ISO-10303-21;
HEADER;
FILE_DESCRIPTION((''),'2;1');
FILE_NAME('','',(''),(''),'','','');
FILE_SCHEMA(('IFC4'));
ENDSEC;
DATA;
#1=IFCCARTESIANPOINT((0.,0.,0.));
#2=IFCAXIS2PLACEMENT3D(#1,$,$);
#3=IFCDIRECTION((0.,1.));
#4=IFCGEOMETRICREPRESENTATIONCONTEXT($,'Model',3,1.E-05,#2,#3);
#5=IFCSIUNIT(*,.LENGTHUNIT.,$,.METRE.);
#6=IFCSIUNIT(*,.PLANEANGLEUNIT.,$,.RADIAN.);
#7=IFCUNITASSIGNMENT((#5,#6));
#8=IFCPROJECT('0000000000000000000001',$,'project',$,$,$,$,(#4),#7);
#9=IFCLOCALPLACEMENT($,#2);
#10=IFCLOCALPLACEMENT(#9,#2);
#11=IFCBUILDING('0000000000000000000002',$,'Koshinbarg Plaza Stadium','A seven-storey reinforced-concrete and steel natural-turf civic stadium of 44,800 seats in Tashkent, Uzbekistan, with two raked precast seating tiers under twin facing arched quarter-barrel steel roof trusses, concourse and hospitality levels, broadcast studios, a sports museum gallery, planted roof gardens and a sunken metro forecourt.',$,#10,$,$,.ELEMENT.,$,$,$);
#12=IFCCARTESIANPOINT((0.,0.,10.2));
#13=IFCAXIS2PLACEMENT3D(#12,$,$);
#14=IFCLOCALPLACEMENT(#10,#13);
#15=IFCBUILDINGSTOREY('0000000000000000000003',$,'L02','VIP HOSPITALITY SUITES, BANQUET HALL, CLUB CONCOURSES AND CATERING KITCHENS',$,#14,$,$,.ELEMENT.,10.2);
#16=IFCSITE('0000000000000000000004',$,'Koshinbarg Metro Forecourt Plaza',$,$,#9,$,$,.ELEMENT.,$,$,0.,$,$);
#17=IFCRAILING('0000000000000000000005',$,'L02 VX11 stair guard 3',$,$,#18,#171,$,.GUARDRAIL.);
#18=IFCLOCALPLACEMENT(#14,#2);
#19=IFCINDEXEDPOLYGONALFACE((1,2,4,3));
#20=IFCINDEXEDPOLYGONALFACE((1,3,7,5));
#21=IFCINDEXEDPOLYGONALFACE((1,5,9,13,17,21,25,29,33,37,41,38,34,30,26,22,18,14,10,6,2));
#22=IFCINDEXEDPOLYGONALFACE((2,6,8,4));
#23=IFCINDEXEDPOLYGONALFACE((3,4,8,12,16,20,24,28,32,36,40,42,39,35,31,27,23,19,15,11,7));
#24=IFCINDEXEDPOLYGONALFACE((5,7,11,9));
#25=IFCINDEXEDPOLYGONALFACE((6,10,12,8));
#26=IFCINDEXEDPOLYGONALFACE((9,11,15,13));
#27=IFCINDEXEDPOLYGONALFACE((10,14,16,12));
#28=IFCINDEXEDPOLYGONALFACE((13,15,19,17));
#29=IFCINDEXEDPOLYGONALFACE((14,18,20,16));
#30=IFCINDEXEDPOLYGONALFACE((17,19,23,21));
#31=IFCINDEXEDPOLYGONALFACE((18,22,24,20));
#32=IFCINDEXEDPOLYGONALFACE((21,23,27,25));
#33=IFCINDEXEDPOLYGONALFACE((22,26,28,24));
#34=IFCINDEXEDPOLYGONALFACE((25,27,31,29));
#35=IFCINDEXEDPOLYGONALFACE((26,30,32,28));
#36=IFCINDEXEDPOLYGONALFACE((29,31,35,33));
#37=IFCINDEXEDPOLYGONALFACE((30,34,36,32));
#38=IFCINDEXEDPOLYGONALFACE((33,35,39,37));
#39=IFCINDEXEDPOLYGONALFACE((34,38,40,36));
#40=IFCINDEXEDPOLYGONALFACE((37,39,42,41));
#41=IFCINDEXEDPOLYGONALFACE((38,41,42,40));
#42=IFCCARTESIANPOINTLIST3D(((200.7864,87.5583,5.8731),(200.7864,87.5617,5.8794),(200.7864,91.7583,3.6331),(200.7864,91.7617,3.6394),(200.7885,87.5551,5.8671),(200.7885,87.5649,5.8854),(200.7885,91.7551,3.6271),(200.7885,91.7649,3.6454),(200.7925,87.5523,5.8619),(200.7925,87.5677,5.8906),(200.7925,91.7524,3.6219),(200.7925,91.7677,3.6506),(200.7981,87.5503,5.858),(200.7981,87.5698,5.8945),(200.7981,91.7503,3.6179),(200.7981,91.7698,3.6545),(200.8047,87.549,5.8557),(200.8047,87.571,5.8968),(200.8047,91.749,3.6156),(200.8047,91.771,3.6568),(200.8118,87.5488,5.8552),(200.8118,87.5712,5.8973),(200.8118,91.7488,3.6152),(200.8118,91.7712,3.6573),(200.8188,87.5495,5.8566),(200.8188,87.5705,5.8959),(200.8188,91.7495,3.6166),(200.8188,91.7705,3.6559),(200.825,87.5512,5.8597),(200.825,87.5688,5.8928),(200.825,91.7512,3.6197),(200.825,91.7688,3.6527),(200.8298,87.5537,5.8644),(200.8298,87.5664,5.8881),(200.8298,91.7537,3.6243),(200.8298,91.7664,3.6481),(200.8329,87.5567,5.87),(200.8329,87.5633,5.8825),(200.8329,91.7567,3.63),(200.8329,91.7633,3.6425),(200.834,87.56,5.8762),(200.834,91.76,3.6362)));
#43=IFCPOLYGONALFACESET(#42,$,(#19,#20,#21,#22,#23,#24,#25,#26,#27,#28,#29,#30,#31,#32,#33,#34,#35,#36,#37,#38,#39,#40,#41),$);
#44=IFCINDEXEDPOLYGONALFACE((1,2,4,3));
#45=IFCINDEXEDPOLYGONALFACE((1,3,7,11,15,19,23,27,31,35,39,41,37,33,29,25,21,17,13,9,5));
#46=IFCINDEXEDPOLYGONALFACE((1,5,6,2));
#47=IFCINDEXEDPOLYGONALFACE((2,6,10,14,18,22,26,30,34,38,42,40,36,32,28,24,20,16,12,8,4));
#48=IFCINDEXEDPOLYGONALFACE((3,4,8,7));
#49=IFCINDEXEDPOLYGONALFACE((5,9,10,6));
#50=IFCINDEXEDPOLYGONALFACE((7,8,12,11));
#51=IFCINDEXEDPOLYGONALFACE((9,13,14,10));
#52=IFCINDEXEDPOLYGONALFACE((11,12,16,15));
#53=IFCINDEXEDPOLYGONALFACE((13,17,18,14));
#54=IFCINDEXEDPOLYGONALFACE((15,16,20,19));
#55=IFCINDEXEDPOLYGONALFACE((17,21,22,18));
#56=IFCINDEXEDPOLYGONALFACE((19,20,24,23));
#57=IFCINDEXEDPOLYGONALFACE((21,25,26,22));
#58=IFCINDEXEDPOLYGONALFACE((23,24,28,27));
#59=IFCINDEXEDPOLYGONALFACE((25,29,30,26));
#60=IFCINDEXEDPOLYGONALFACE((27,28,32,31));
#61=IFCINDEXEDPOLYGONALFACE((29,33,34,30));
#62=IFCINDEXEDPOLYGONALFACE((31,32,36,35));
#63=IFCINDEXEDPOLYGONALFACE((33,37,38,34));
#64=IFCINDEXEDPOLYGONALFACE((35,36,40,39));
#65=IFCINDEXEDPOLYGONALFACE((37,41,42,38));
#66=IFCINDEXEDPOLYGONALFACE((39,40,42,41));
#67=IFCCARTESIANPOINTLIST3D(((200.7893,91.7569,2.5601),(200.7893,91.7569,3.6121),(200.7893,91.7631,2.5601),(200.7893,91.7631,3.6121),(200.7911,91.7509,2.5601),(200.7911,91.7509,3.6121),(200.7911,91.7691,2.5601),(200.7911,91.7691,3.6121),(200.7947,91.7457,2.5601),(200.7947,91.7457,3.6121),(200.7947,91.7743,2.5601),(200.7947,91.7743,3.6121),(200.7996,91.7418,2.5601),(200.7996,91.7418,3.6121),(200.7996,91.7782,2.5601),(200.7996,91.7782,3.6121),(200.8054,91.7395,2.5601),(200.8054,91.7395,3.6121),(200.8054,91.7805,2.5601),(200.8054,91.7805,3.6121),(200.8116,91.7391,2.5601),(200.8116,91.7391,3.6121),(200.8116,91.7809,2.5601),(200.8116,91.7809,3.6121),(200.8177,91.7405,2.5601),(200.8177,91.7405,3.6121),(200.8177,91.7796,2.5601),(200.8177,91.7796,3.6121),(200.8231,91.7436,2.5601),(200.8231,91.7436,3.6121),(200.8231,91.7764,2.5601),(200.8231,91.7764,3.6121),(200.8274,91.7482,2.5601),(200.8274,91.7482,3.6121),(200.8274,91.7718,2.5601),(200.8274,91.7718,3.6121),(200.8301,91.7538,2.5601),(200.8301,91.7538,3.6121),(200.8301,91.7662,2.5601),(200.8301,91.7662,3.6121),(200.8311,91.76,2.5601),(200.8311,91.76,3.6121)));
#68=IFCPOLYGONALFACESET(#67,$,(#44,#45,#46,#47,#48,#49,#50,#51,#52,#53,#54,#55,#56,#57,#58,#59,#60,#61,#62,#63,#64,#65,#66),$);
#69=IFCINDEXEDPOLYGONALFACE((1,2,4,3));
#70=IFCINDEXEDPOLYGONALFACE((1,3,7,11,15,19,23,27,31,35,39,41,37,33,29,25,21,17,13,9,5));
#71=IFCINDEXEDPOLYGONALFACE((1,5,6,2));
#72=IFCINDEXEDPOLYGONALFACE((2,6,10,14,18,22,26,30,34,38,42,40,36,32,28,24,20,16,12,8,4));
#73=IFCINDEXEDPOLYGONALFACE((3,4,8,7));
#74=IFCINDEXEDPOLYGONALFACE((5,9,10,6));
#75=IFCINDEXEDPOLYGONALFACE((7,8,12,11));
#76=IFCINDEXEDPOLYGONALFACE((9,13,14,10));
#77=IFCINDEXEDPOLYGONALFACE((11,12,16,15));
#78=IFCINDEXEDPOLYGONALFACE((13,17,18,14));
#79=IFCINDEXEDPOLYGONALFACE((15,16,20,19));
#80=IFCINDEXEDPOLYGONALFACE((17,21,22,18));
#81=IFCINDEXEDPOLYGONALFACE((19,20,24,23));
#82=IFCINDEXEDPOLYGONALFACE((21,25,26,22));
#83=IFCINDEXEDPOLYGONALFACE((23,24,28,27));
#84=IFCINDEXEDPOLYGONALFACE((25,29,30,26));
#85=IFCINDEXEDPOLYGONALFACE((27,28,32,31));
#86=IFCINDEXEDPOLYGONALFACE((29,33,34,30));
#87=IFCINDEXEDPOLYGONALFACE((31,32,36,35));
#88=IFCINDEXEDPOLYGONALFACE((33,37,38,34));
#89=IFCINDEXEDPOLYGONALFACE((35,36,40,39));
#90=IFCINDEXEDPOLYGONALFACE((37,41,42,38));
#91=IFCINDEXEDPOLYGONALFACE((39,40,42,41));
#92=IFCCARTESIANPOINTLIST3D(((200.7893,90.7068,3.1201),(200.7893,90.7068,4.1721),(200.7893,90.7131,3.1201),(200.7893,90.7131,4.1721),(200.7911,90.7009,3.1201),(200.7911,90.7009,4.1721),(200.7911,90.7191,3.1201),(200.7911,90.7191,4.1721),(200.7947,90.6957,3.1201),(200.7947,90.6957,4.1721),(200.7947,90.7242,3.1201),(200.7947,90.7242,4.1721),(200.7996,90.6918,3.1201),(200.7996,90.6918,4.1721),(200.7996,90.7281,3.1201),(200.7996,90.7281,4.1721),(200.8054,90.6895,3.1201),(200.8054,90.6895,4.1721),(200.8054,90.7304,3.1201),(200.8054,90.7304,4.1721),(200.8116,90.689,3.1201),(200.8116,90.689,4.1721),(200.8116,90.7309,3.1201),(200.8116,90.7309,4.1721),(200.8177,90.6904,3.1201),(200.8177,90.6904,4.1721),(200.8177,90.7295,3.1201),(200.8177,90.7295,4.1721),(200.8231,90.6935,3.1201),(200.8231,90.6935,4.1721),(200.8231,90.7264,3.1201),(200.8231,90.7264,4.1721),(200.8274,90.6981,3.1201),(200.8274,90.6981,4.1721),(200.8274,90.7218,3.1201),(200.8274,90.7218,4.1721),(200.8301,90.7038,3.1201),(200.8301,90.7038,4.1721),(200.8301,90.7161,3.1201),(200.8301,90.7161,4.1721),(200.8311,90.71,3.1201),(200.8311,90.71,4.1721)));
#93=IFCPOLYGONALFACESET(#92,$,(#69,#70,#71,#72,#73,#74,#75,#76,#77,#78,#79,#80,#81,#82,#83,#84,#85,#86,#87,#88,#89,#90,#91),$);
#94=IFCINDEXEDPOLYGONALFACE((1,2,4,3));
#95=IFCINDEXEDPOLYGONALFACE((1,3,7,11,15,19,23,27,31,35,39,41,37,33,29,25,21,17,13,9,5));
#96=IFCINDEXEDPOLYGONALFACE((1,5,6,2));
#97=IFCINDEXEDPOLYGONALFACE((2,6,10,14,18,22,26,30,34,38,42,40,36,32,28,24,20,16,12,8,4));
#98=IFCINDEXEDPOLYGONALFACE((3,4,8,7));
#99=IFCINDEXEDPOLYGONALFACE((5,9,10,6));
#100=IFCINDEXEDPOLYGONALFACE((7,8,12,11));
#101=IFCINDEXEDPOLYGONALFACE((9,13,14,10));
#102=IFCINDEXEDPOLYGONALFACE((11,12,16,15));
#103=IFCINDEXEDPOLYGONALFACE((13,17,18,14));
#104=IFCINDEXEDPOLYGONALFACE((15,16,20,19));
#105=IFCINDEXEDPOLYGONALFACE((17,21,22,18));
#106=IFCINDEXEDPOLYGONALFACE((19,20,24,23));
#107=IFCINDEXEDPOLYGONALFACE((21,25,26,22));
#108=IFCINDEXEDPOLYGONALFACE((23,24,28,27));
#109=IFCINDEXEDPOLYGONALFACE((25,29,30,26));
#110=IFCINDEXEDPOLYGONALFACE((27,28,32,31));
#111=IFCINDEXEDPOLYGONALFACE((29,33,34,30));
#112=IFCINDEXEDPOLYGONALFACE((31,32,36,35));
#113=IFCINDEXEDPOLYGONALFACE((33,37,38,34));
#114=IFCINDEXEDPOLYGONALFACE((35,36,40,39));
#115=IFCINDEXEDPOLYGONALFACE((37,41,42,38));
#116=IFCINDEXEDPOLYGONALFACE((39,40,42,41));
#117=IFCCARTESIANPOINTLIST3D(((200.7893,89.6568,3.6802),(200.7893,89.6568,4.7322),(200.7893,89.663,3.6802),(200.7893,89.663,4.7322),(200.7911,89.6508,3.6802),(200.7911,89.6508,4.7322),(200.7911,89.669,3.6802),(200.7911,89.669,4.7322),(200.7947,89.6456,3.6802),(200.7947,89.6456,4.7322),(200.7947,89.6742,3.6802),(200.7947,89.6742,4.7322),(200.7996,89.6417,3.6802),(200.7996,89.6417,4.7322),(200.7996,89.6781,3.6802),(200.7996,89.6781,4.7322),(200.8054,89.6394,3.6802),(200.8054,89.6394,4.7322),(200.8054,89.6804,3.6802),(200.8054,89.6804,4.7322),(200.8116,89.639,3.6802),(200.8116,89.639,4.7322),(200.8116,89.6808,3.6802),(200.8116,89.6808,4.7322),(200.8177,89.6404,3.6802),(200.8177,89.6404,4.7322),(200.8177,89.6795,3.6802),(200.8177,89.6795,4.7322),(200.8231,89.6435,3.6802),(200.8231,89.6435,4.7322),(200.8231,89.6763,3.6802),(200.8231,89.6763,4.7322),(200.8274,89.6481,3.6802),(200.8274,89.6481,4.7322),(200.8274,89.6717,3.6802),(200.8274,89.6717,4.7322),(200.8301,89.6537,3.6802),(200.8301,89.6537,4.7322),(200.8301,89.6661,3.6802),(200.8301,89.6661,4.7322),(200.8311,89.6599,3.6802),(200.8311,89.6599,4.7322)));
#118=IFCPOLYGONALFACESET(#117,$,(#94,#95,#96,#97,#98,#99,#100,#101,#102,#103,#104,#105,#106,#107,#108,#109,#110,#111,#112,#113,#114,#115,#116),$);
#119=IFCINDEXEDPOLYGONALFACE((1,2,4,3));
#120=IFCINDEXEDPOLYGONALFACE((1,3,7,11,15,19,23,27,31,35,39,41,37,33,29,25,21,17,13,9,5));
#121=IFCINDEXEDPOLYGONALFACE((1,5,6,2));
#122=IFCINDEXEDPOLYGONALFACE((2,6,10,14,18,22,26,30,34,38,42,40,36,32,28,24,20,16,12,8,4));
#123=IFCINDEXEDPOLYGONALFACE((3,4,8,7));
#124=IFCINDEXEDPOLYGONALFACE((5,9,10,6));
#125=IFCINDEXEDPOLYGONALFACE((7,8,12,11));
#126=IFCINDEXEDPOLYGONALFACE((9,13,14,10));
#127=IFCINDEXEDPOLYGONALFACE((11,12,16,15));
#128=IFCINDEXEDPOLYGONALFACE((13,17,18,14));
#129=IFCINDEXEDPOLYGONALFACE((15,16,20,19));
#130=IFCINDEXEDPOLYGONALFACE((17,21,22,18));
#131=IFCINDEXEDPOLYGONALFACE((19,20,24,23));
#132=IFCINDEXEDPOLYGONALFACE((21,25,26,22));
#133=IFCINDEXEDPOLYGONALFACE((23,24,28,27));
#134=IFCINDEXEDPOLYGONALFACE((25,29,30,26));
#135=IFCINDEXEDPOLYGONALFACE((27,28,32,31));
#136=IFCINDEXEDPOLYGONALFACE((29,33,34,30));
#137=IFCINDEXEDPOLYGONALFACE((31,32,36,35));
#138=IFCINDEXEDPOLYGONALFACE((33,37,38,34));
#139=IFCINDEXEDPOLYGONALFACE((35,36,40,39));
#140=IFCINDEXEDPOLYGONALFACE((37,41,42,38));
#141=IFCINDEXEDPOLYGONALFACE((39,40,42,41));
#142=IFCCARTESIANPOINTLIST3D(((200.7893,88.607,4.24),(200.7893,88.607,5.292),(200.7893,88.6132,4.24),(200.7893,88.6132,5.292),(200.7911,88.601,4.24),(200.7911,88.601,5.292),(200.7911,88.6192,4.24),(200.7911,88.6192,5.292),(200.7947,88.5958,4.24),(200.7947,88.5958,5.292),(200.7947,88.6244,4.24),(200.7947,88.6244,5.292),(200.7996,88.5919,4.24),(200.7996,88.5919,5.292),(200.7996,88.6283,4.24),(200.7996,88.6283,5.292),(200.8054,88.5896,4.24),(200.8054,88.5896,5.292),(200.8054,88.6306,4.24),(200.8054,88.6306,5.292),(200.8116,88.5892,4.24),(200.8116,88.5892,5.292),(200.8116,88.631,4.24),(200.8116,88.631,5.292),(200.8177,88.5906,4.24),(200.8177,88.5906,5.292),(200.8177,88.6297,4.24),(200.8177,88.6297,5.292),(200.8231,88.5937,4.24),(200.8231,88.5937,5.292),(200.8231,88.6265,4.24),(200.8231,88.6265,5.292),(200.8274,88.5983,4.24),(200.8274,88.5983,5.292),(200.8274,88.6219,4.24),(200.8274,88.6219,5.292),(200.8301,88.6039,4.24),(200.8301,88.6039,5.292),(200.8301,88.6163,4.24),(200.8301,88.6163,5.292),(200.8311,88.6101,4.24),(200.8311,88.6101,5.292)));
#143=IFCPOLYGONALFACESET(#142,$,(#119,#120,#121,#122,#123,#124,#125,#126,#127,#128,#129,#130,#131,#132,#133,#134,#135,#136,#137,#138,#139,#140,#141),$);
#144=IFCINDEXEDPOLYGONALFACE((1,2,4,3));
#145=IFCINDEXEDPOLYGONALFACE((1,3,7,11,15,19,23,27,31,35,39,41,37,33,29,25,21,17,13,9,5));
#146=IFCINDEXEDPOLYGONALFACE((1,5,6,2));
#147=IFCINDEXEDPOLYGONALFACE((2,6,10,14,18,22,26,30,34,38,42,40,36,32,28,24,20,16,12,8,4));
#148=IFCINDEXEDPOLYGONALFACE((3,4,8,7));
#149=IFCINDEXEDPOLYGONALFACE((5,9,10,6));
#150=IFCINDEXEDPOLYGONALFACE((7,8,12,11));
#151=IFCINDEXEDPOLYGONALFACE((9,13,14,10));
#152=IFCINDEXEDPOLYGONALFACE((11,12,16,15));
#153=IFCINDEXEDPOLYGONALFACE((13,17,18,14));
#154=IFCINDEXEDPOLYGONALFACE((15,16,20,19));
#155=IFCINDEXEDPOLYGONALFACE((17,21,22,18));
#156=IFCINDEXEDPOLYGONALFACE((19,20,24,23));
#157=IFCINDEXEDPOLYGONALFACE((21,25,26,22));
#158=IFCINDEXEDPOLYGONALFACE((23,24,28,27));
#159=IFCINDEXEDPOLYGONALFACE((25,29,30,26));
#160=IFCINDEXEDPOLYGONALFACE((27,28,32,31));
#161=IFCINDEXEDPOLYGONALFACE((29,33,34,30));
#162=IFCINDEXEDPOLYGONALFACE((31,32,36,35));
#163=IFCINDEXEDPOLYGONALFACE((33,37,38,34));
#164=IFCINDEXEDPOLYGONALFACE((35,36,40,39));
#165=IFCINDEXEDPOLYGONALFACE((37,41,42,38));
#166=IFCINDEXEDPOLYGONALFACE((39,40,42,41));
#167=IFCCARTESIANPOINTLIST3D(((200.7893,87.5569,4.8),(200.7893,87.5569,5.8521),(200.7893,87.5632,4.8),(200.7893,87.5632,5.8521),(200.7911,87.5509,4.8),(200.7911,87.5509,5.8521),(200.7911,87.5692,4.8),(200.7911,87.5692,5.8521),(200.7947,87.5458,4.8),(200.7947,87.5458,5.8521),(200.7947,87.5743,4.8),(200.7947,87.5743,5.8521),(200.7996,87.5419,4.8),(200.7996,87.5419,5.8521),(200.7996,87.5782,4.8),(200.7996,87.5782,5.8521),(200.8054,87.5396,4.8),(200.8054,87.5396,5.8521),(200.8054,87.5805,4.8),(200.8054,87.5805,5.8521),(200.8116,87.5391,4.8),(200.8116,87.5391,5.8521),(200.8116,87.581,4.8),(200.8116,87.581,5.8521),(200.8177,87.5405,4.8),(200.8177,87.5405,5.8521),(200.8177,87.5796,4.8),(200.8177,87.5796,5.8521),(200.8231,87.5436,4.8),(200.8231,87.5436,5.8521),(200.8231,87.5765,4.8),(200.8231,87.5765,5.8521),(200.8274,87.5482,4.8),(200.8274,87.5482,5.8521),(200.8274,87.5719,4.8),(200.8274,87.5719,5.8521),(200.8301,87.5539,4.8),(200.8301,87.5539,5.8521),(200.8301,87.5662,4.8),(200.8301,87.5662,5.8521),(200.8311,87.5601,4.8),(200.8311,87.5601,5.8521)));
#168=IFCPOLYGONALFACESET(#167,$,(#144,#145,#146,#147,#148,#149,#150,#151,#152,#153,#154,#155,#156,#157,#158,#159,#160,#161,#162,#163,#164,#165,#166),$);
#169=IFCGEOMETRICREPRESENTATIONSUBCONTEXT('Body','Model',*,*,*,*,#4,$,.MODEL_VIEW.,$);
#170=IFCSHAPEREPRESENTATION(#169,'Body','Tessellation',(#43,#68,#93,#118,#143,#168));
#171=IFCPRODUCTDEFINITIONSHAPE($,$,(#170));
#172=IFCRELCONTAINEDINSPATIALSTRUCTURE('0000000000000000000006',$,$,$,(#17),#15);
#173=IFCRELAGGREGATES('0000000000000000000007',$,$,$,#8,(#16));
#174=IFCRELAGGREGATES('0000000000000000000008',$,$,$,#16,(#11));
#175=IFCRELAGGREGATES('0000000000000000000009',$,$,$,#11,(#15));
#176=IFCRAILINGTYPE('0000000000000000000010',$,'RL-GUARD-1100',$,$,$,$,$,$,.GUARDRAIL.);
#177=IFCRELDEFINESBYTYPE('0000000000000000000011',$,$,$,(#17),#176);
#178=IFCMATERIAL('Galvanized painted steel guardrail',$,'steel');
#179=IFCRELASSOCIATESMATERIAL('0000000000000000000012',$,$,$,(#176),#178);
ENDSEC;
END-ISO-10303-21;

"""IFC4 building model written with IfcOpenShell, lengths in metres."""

from ifc_helpers import new_model, si_unit, direction, frame, origin, origin_2d, place, context, subcontext, project, spatial, circle, extrude, material, type_object, element, save


model = new_model("IFC4")

# Units and contexts
model_context = context("Model", 3, precision=1e-05, world=origin(), true_north=direction((0.0, 1.0)))
body_context = subcontext(model_context, "Body", "Model", "MODEL_VIEW")
ifc_project = project(units=[si_unit("LENGTHUNIT", "METRE"), si_unit("PLANEANGLEUNIT", "RADIAN")], contexts=[model_context])

# Site, building, storey
site_placement = place(None, origin())
site = spatial("IfcSite", under=ifc_project, at=site_placement, Name="Koshinbarg Metro Forecourt Plaza", CompositionType="ELEMENT", RefElevation=0.0)
building_placement = place(site_placement, origin())
building = spatial("IfcBuilding", under=site, at=building_placement, Name="Koshinbarg Plaza Stadium", Description="A seven-storey reinforced-concrete and steel natural-turf civic stadium of 44,800 seats in Tashkent, Uzbekistan, with two raked precast seating tiers under twin facing arched quarter-barrel steel roof trusses, concourse and hospitality levels, broadcast studios, a sports museum gallery, planted roof gardens and a sunken metro forecourt.", CompositionType="ELEMENT")
storey_placement = place(building_placement, frame((0.0, 0.0, 10.2)))
storey = spatial("IfcBuildingStorey", under=building, at=storey_placement, Name="L02", Description="VIP HOSPITALITY SUITES, BANQUET HALL, CLUB CONCOURSES AND CATERING KITCHENS", CompositionType="ELEMENT", Elevation=10.2)

# Railing
ifc_material_1 = material(Name="Galvanized painted steel guardrail", Category="steel")
railing_type_1 = type_object("IfcRailingType", Name="RL-GUARD-1100", PredefinedType="GUARDRAIL", material=ifc_material_1)
railing_1_placement = place(storey_placement, frame((200.8101, 91.76, 2.5601)))
element("IfcRailing", 1, at=railing_1_placement, inside=storey, type_object=railing_type_1, Name="L02 VX11 stair guard 3", PredefinedType="GUARDRAIL", context=body_context, shape_type="SweptSolid", body=[
    extrude(circle(Radius=0.0239, at=origin_2d()), frame((0.0, 0.0, 1.0762), z_axis=(0.0, -0.882352, 0.470591), x_axis=(1.0, 0.0, 0.0)), (0.0, 0.0, 1.0), 4.76),
    extrude(circle(Radius=0.021, at=origin_2d()), origin(), (0.0, 0.0, 1.0), 1.052),
    extrude(circle(Radius=0.021, at=origin_2d()), frame((0.0, -1.05, 0.5601)), (0.0, 0.0, 1.0), 1.052),
    extrude(circle(Radius=0.021, at=origin_2d()), frame((0.0, -2.1001, 1.1201)), (0.0, 0.0, 1.0), 1.052),
    extrude(circle(Radius=0.021, at=origin_2d()), frame((0.0, -3.1499, 1.6799)), (0.0, 0.0, 1.0), 1.052),
    extrude(circle(Radius=0.021, at=origin_2d()), frame((0.0, -4.2, 2.24)), (0.0, 0.0, 1.0), 1.052),
])

save(model, "model.ifc")
